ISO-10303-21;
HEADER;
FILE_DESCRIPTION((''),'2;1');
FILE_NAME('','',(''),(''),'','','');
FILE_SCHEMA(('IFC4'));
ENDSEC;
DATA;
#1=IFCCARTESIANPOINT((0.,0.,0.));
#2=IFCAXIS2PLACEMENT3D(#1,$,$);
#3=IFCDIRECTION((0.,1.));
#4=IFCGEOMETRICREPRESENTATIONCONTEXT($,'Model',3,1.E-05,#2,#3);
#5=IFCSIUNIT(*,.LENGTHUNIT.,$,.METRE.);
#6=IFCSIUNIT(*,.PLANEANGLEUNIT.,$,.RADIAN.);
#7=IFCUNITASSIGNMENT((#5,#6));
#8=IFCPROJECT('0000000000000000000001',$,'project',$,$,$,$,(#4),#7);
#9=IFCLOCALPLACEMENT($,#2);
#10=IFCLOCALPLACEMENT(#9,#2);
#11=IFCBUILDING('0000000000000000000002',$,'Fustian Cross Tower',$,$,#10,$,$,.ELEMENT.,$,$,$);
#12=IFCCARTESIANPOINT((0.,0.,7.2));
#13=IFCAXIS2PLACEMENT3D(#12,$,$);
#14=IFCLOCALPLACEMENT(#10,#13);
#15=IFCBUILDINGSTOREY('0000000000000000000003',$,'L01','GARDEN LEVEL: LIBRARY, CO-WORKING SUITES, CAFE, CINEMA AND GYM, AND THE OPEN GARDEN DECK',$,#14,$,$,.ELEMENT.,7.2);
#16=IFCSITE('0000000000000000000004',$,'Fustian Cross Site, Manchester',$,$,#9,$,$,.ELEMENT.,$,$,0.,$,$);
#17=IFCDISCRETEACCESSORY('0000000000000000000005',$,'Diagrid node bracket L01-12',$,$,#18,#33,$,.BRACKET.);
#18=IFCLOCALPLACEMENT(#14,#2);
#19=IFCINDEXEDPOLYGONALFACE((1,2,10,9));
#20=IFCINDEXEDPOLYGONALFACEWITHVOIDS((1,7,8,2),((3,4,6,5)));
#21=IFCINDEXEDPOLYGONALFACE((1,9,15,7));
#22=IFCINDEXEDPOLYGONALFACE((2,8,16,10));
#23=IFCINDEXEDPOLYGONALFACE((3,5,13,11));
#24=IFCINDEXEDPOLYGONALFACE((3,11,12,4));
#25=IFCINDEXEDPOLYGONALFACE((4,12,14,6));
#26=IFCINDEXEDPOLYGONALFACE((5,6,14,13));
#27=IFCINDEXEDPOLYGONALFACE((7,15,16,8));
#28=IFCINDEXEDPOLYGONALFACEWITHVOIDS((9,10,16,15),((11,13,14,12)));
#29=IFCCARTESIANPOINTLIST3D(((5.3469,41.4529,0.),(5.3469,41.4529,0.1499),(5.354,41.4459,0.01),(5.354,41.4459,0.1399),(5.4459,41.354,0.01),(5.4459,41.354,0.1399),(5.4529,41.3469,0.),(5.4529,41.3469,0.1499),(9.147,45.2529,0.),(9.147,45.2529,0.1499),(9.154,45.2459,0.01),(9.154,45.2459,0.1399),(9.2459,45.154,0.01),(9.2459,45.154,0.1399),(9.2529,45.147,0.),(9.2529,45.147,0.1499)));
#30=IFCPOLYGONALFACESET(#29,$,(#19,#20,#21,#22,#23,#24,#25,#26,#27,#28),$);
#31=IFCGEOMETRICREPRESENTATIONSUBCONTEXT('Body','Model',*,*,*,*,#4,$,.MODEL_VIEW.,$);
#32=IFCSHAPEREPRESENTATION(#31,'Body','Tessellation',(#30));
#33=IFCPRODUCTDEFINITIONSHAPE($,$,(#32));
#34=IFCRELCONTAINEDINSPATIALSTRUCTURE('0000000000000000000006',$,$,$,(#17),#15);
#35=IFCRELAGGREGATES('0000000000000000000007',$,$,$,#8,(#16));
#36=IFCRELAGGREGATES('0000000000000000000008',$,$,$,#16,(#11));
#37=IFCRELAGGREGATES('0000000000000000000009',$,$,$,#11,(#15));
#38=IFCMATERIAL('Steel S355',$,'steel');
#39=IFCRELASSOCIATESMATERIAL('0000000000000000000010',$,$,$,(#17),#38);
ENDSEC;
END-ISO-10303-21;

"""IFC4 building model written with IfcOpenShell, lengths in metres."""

from ifc_helpers import new_model, si_unit, direction, frame, origin, origin_2d, place, context, subcontext, project, spatial, hollow_rectangle, extrude, material, element, save


model = new_model("IFC4")

# Units and contexts
model_context = context("Model", 3, precision=1e-05, world=origin(), true_north=direction((0.0, 1.0)))
body_context = subcontext(model_context, "Body", "Model", "MODEL_VIEW")
ifc_project = project(units=[si_unit("LENGTHUNIT", "METRE"), si_unit("PLANEANGLEUNIT", "RADIAN")], contexts=[model_context])

# Site, building, storey
site_placement = place(None, origin())
site = spatial("IfcSite", under=ifc_project, at=site_placement, Name="Fustian Cross Site, Manchester", CompositionType="ELEMENT", RefElevation=0.0)
building_placement = place(site_placement, origin())
building = spatial("IfcBuilding", under=site, at=building_placement, Name="Fustian Cross Tower", CompositionType="ELEMENT")
storey_placement = place(building_placement, frame((0.0, 0.0, 7.2)))
storey = spatial("IfcBuildingStorey", under=building, at=storey_placement, Name="L01", Description="GARDEN LEVEL: LIBRARY, CO-WORKING SUITES, CAFE, CINEMA AND GYM, AND THE OPEN GARDEN DECK", CompositionType="ELEMENT", Elevation=7.2)

# Discrete accessory
ifc_material_1 = material(Name="Steel S355", Category="steel")
discrete_accessory_placement = place(storey_placement, frame((9.2, 45.2, 0.075), z_axis=(-0.707107, -0.707107, 0.0), x_axis=(0.707107, -0.707107, 0.0)))
element("IfcDiscreteAccessory", 1, at=discrete_accessory_placement, inside=storey, material=ifc_material_1, Name="Diagrid node bracket L01-12", PredefinedType="BRACKET", context=body_context, shape_type="SweptSolid", body=[
    extrude(hollow_rectangle(XDim=0.1499, YDim=0.1499, WallThickness=0.01, at=origin_2d()), origin(), (0.0, 0.0, 1.0), 5.374),
])

save(model, "model.ifc")
